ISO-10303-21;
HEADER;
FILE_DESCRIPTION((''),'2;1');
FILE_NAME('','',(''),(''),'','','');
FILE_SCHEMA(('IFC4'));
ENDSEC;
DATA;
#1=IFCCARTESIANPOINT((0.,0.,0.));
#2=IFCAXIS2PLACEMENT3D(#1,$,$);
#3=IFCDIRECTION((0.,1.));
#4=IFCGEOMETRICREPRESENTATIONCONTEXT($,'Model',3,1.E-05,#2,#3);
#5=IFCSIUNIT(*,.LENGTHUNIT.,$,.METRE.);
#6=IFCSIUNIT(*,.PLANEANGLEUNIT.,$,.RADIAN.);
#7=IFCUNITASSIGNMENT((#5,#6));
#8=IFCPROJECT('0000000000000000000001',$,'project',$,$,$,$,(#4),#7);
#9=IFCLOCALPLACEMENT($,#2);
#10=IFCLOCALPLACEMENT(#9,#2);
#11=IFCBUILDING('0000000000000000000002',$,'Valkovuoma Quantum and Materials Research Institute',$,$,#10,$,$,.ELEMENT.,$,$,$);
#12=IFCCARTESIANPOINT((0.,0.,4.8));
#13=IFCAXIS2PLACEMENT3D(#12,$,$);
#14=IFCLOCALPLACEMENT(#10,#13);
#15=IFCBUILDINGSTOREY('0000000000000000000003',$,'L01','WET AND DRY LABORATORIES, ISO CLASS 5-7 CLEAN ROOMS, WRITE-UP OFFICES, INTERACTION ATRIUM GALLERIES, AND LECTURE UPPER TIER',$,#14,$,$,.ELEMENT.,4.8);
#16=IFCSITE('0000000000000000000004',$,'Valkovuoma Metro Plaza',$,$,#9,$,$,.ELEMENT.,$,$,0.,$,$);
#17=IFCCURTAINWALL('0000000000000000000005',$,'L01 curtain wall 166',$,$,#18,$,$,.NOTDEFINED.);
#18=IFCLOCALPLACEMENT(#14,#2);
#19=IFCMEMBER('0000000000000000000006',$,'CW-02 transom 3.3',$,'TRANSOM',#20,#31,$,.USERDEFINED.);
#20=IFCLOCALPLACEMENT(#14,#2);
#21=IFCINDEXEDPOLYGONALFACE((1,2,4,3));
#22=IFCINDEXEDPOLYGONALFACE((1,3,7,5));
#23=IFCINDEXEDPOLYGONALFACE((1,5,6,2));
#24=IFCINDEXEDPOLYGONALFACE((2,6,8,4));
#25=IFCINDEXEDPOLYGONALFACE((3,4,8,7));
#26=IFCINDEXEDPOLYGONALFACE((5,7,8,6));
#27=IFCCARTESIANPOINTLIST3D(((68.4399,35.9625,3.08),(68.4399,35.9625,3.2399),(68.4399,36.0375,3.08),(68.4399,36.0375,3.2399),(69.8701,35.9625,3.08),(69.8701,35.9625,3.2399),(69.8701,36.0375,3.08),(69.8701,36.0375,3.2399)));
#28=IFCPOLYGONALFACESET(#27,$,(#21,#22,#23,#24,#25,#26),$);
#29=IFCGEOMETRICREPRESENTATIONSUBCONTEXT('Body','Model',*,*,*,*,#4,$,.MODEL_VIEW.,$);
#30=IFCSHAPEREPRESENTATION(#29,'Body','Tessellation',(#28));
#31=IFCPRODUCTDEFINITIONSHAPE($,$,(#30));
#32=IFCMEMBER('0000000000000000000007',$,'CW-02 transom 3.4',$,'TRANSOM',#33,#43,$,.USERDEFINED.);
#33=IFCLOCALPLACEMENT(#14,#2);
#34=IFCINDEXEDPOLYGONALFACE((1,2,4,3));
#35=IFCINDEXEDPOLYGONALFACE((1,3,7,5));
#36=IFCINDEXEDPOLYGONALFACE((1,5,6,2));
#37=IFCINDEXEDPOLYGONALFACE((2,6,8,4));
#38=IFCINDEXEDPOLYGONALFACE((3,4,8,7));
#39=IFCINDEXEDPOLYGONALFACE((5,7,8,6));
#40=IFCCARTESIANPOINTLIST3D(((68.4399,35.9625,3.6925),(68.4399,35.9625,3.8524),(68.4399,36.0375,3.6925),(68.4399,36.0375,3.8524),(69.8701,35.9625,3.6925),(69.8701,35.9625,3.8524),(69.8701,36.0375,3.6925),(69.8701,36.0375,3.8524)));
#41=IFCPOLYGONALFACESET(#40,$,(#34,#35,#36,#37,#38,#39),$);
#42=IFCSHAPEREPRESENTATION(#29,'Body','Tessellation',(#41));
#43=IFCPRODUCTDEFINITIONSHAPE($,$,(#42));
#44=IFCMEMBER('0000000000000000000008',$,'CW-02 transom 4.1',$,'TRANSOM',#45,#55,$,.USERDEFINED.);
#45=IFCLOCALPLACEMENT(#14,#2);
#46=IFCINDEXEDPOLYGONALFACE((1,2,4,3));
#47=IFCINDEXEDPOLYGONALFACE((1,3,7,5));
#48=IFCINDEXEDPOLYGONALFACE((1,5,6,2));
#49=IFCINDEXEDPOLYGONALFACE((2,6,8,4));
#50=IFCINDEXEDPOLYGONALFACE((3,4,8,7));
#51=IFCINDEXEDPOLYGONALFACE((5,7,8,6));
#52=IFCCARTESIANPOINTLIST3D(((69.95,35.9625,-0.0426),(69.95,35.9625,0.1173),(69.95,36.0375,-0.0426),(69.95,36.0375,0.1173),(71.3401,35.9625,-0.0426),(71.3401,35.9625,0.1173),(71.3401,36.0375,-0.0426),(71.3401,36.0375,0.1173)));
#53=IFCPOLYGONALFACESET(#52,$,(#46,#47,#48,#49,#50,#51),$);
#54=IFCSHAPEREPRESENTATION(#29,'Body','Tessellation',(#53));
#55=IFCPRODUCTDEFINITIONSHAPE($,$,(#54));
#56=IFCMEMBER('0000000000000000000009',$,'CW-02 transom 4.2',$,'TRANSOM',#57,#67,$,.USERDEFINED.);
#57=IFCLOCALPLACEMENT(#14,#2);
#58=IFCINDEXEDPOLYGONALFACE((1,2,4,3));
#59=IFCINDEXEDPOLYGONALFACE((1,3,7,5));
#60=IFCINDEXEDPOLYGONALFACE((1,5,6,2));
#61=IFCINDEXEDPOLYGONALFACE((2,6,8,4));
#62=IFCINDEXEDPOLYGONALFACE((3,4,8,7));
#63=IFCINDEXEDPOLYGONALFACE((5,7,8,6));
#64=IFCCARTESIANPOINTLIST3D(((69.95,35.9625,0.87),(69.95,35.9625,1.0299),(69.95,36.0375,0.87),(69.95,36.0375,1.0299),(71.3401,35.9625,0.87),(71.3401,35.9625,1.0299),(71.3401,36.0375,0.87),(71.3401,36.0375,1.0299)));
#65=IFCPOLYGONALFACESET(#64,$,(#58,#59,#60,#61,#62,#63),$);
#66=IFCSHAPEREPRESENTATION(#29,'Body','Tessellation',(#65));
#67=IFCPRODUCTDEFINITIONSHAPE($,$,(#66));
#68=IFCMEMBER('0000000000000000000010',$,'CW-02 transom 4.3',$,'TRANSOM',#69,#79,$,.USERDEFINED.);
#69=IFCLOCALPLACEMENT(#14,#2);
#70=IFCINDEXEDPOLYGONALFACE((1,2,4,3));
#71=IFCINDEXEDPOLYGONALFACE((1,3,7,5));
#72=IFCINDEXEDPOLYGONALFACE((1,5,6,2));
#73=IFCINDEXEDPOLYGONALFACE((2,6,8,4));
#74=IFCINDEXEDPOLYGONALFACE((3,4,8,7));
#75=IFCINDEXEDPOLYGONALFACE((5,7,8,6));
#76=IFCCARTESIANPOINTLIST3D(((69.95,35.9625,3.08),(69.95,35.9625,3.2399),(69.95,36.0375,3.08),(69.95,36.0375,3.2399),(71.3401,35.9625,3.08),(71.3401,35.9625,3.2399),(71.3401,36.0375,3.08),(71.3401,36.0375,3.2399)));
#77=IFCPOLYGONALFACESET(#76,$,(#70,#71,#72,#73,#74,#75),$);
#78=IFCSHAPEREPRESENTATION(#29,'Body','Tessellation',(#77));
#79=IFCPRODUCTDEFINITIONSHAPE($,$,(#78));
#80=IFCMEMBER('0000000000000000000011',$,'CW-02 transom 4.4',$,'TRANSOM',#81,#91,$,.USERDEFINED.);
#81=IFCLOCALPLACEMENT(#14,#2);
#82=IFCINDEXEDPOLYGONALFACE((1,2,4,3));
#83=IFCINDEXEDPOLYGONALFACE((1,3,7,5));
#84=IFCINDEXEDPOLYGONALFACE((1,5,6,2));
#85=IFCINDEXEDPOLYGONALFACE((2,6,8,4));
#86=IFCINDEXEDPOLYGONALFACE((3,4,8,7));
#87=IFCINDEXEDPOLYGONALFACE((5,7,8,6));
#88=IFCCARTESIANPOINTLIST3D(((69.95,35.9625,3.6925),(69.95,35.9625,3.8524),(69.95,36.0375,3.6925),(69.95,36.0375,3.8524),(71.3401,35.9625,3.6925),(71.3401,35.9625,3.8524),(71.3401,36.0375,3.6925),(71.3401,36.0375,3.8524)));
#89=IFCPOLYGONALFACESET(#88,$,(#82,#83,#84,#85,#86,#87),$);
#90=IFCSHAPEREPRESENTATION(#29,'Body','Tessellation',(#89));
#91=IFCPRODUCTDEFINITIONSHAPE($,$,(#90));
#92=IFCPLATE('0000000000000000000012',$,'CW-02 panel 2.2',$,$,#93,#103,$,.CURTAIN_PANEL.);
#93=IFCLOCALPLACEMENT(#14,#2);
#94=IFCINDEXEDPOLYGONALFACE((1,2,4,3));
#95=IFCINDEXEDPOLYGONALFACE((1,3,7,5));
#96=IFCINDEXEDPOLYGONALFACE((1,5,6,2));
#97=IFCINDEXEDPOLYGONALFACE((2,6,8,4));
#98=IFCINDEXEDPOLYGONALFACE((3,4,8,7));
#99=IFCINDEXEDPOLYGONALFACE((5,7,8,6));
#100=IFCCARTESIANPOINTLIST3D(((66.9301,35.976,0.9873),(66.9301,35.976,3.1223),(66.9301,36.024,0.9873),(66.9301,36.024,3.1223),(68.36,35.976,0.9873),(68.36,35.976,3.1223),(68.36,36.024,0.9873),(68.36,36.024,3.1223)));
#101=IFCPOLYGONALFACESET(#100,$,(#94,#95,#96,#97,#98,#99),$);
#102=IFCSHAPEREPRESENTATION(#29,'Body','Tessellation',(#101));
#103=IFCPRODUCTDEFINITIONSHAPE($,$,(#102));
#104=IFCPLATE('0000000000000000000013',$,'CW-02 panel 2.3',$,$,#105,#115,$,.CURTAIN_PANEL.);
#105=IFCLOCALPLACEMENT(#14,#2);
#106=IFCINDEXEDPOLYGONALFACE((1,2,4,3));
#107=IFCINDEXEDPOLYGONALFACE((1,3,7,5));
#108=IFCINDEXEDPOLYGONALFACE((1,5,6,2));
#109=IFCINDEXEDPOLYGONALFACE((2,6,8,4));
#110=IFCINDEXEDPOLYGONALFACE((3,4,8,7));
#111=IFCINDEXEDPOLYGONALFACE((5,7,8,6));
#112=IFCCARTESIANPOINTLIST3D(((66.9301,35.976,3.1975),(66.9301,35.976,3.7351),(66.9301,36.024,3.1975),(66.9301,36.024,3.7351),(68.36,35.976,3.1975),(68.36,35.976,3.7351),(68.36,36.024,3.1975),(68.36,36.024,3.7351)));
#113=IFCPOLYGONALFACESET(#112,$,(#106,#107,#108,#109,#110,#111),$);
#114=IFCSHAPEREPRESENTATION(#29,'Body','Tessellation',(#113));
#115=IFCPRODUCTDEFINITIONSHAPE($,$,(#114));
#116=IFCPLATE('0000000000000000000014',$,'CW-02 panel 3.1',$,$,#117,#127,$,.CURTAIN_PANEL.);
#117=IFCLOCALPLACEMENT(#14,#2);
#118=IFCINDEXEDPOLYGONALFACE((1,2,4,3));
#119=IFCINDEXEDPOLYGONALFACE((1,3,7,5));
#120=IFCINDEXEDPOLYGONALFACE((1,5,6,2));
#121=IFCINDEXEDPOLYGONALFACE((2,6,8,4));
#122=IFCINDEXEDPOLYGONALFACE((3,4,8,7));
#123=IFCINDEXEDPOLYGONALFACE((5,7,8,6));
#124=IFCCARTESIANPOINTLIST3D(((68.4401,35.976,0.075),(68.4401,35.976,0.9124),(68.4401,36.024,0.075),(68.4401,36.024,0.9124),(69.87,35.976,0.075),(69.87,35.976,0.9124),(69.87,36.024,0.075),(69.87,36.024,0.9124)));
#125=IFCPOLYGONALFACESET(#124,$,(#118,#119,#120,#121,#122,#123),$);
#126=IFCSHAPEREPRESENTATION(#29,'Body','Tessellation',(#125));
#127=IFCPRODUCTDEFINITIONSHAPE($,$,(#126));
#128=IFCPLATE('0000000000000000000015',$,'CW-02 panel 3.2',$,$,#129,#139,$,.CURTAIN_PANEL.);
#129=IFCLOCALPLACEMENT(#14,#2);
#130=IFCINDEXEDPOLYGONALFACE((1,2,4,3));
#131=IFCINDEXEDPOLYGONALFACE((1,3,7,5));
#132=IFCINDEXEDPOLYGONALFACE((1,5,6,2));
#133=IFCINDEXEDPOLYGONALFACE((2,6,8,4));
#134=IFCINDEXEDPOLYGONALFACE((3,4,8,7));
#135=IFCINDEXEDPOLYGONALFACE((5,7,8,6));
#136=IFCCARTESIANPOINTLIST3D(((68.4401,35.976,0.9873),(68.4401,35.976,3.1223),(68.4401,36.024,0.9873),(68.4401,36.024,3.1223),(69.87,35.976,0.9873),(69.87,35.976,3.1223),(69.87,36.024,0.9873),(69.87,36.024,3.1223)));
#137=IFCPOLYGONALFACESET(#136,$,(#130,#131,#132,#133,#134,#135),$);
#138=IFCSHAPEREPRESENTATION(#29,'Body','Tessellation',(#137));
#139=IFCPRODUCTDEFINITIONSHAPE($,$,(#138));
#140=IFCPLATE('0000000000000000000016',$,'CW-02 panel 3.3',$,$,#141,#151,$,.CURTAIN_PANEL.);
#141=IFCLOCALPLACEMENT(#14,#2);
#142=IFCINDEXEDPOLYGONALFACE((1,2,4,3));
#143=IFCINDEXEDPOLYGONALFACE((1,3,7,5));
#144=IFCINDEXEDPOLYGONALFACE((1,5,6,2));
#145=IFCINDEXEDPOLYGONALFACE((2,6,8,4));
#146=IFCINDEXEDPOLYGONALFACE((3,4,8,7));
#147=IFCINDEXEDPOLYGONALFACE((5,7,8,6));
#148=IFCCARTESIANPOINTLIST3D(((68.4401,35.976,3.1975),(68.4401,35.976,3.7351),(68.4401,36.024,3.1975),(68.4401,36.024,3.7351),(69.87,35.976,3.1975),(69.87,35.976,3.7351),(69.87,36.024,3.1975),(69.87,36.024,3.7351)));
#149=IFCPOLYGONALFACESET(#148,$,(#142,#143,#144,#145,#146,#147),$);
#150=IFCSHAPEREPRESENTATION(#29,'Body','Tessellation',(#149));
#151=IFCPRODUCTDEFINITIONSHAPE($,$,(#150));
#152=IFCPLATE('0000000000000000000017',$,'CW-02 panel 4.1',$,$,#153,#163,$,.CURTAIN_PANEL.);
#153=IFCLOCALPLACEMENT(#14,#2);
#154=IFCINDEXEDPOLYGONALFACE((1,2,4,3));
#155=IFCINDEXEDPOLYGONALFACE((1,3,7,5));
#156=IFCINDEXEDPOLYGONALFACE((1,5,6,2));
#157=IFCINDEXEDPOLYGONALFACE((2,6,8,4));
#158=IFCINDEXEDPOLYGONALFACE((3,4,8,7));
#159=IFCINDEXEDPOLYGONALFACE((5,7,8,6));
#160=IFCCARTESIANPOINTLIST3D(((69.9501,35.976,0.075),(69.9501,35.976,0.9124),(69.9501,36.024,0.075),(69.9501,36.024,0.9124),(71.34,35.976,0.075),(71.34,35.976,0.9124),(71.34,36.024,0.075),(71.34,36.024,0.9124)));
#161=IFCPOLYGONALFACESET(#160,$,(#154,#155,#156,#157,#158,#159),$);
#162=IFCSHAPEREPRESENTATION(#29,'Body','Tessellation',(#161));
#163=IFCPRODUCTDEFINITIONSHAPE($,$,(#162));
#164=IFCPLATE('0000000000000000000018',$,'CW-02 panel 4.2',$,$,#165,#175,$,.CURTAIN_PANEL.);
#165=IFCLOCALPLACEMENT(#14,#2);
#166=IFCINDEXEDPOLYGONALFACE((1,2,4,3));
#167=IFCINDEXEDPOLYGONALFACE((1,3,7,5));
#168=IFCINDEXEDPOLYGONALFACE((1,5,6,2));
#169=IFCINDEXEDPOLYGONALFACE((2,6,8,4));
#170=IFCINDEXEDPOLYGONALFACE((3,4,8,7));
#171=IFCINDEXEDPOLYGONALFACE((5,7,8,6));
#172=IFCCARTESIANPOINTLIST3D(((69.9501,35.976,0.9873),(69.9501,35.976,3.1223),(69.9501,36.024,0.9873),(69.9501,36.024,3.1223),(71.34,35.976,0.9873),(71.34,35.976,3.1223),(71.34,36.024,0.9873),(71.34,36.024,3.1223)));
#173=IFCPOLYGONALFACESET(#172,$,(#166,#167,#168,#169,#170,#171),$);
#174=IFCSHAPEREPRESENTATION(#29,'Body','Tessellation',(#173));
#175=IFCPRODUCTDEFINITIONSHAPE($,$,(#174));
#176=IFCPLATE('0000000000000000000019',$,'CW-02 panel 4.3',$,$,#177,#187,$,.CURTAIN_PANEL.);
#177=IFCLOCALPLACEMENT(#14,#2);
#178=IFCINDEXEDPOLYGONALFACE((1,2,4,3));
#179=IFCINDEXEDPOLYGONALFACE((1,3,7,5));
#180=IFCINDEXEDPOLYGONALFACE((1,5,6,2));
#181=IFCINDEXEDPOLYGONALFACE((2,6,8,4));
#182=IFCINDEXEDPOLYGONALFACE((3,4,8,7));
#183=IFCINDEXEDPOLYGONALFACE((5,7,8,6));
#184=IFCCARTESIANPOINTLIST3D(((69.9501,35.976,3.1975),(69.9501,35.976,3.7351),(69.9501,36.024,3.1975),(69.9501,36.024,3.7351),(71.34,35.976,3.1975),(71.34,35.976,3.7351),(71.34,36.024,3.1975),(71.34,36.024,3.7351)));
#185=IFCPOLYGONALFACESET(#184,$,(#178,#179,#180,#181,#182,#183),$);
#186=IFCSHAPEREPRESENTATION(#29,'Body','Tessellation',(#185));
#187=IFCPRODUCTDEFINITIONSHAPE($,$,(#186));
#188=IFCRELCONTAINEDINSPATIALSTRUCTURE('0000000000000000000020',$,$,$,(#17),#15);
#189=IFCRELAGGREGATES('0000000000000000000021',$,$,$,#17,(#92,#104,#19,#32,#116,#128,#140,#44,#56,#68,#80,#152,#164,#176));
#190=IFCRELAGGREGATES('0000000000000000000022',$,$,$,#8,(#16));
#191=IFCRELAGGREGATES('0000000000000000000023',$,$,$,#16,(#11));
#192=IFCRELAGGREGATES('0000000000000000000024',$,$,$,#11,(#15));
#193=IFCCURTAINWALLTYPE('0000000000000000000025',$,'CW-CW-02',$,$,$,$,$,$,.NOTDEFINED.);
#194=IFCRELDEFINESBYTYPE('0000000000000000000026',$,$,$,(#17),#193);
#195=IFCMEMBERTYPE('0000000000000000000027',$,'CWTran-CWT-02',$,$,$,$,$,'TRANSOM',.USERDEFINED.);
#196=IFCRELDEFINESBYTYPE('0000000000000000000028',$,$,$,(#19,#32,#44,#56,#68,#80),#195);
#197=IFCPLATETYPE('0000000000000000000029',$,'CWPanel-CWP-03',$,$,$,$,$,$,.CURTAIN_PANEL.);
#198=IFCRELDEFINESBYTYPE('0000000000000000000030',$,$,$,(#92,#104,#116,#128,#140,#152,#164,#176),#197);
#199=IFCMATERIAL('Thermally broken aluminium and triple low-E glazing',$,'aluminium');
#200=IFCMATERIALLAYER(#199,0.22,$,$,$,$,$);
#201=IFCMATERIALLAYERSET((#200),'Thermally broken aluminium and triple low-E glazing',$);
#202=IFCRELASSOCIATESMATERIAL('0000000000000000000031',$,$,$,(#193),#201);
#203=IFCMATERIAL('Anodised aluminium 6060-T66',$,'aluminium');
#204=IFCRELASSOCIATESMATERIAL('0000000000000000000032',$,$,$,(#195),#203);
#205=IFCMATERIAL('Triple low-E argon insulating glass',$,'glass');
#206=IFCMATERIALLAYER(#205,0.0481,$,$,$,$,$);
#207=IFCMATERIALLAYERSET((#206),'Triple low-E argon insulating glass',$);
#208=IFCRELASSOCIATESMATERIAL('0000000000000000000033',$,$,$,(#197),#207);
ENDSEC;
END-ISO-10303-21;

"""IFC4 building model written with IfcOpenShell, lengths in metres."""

from ifc_helpers import new_model, si_unit, direction, frame, origin, origin_2d, place, context, subcontext, project, spatial, rectangle, extrude, material, layer, layer_set, material_profile, profile_set, type_object, element, aggregate, save


model = new_model("IFC4")

# Units and contexts
model_context = context("Model", 3, precision=1e-05, world=origin(), true_north=direction((0.0, 1.0)))
body_context = subcontext(model_context, "Body", "Model", "MODEL_VIEW")
ifc_project = project(units=[si_unit("LENGTHUNIT", "METRE"), si_unit("PLANEANGLEUNIT", "RADIAN")], contexts=[model_context])

# Site, building, storey
site_placement = place(None, origin())
site = spatial("IfcSite", under=ifc_project, at=site_placement, Name="Valkovuoma Metro Plaza", CompositionType="ELEMENT", RefElevation=0.0)
building_placement = place(site_placement, origin())
building = spatial("IfcBuilding", under=site, at=building_placement, Name="Valkovuoma Quantum and Materials Research Institute", CompositionType="ELEMENT")
storey_placement = place(building_placement, frame((0.0, 0.0, 4.8)))
storey = spatial("IfcBuildingStorey", under=building, at=storey_placement, Name="L01", Description="WET AND DRY LABORATORIES, ISO CLASS 5-7 CLEAN ROOMS, WRITE-UP OFFICES, INTERACTION ATRIUM GALLERIES, AND LECTURE UPPER TIER", CompositionType="ELEMENT", Elevation=4.8)

# Curtain wall
ifc_material_1 = material(Name="Thermally broken aluminium and triple low-E glazing", Category="aluminium")
ifc_layer_1 = layer(ifc_material_1, 0.22)
ifc_layer_set_1 = layer_set([ifc_layer_1], Name="Thermally broken aluminium and triple low-E glazing")
curtain_wall_type = type_object("IfcCurtainWallType", Name="CW-CW-02", PredefinedType="NOTDEFINED", material=ifc_layer_set_1)
curtain_wall_1_placement = place(storey_placement, origin())
curtain_wall_1 = element("IfcCurtainWall", 1, at=curtain_wall_1_placement, inside=storey, type_object=curtain_wall_type, Name="L01 curtain wall 166", PredefinedType="NOTDEFINED")

# Members
ifc_material_2 = material(Name="Anodised aluminium 6060-T66", Category="aluminium")
ifc_material_profile_1 = material_profile(ifc_material_2, rectangle(XDim=0.075, YDim=0.1599, at=origin_2d()), Name="Anodised aluminium 6060-T66")
ifc_profile_set_1 = profile_set([ifc_material_profile_1], Name="Anodised aluminium 6060-T66")
member_type_1 = type_object("IfcMemberType", Name="CWTran-CWT-02", ElementType="TRANSOM", PredefinedType="USERDEFINED", material=ifc_profile_set_1)
member_1_placement = place(storey_placement, frame((68.4399, 36.0, 3.1599), z_axis=(1.0, 0.0, 0.0), x_axis=(0.0, 1.0, 0.0)))
member_1 = element("IfcMember", 2, at=member_1_placement, type_object=member_type_1, Name="CW-02 transom 3.3", ObjectType="TRANSOM", PredefinedType="USERDEFINED", context=body_context, shape_type="SweptSolid", body=[
    extrude(rectangle(XDim=0.075, YDim=0.1599, at=origin_2d()), origin(), (0.0, 0.0, 1.0), 1.4302),
])
member_2_placement = place(storey_placement, frame((68.4399, 36.0, 3.7725), z_axis=(1.0, 0.0, 0.0), x_axis=(0.0, 1.0, 0.0)))
member_2 = element("IfcMember", 3, at=member_2_placement, type_object=member_type_1, Name="CW-02 transom 3.4", ObjectType="TRANSOM", PredefinedType="USERDEFINED", context=body_context, shape_type="SweptSolid", body=[
    extrude(rectangle(XDim=0.075, YDim=0.1599, at=origin_2d()), origin(), (0.0, 0.0, 1.0), 1.4302),
])
member_3_placement = place(storey_placement, frame((69.95, 36.0, 0.0374), z_axis=(1.0, 0.0, 0.0), x_axis=(0.0, 1.0, 0.0)))
member_3 = element("IfcMember", 4, at=member_3_placement, type_object=member_type_1, Name="CW-02 transom 4.1", ObjectType="TRANSOM", PredefinedType="USERDEFINED", context=body_context, shape_type="SweptSolid", body=[
    extrude(rectangle(XDim=0.075, YDim=0.1599, at=origin_2d()), origin(), (0.0, 0.0, 1.0), 1.3901),
])
member_4_placement = place(storey_placement, frame((69.95, 36.0, 0.95), z_axis=(1.0, 0.0, 0.0), x_axis=(0.0, 1.0, 0.0)))
member_4 = element("IfcMember", 5, at=member_4_placement, type_object=member_type_1, Name="CW-02 transom 4.2", ObjectType="TRANSOM", PredefinedType="USERDEFINED", context=body_context, shape_type="SweptSolid", body=[
    extrude(rectangle(XDim=0.075, YDim=0.1599, at=origin_2d()), origin(), (0.0, 0.0, 1.0), 1.3901),
])
member_5_placement = place(storey_placement, frame((69.95, 36.0, 3.1599), z_axis=(1.0, 0.0, 0.0), x_axis=(0.0, 1.0, 0.0)))
member_5 = element("IfcMember", 6, at=member_5_placement, type_object=member_type_1, Name="CW-02 transom 4.3", ObjectType="TRANSOM", PredefinedType="USERDEFINED", context=body_context, shape_type="SweptSolid", body=[
    extrude(rectangle(XDim=0.075, YDim=0.1599, at=origin_2d()), origin(), (0.0, 0.0, 1.0), 1.3901),
])
member_6_placement = place(storey_placement, frame((69.95, 36.0, 3.7725), z_axis=(1.0, 0.0, 0.0), x_axis=(0.0, 1.0, 0.0)))
member_6 = element("IfcMember", 7, at=member_6_placement, type_object=member_type_1, Name="CW-02 transom 4.4", ObjectType="TRANSOM", PredefinedType="USERDEFINED", context=body_context, shape_type="SweptSolid", body=[
    extrude(rectangle(XDim=0.075, YDim=0.1599, at=origin_2d()), origin(), (0.0, 0.0, 1.0), 1.3901),
])

# Plates
ifc_material_3 = material(Name="Triple low-E argon insulating glass", Category="glass")
ifc_layer_2 = layer(ifc_material_3, 0.0481)
ifc_layer_set_2 = layer_set([ifc_layer_2], Name="Triple low-E argon insulating glass")
plate_type = type_object("IfcPlateType", Name="CWPanel-CWP-03", PredefinedType="CURTAIN_PANEL", material=ifc_layer_set_2)
plate_1_placement = place(storey_placement, frame((67.645, 36.0, 0.9873), z_axis=(0.0, 0.0, 1.0), x_axis=(1.0, 0.0, 0.0)))
plate_1 = element("IfcPlate", 8, at=plate_1_placement, type_object=plate_type, Name="CW-02 panel 2.2", PredefinedType="CURTAIN_PANEL", context=body_context, shape_type="SweptSolid", body=[
    extrude(rectangle(XDim=1.4299, YDim=0.0481, at=origin_2d()), origin(), (0.0, 0.0, 1.0), 2.135),
])
plate_2_placement = place(storey_placement, frame((67.645, 36.0, 3.1975), z_axis=(0.0, 0.0, 1.0), x_axis=(1.0, 0.0, 0.0)))
plate_2 = element("IfcPlate", 9, at=plate_2_placement, type_object=plate_type, Name="CW-02 panel 2.3", PredefinedType="CURTAIN_PANEL", context=body_context, shape_type="SweptSolid", body=[
    extrude(rectangle(XDim=1.4299, YDim=0.0481, at=origin_2d()), origin(), (0.0, 0.0, 1.0), 0.5376),
])
plate_3_placement = place(storey_placement, frame((69.155, 36.0, 0.075), z_axis=(0.0, 0.0, 1.0), x_axis=(1.0, 0.0, 0.0)))
plate_3 = element("IfcPlate", 10, at=plate_3_placement, type_object=plate_type, Name="CW-02 panel 3.1", PredefinedType="CURTAIN_PANEL", context=body_context, shape_type="SweptSolid", body=[
    extrude(rectangle(XDim=1.4299, YDim=0.0481, at=origin_2d()), origin(), (0.0, 0.0, 1.0), 0.8374),
])
plate_4_placement = place(storey_placement, frame((69.155, 36.0, 0.9873), z_axis=(0.0, 0.0, 1.0), x_axis=(1.0, 0.0, 0.0)))
plate_4 = element("IfcPlate", 11, at=plate_4_placement, type_object=plate_type, Name="CW-02 panel 3.2", PredefinedType="CURTAIN_PANEL", context=body_context, shape_type="SweptSolid", body=[
    extrude(rectangle(XDim=1.4299, YDim=0.0481, at=origin_2d()), origin(), (0.0, 0.0, 1.0), 2.135),
])
plate_5_placement = place(storey_placement, frame((69.155, 36.0, 3.1975), z_axis=(0.0, 0.0, 1.0), x_axis=(1.0, 0.0, 0.0)))
plate_5 = element("IfcPlate", 12, at=plate_5_placement, type_object=plate_type, Name="CW-02 panel 3.3", PredefinedType="CURTAIN_PANEL", context=body_context, shape_type="SweptSolid", body=[
    extrude(rectangle(XDim=1.4299, YDim=0.0481, at=origin_2d()), origin(), (0.0, 0.0, 1.0), 0.5376),
])
plate_6_placement = place(storey_placement, frame((70.645, 36.0, 0.075), z_axis=(0.0, 0.0, 1.0), x_axis=(1.0, 0.0, 0.0)))
plate_6 = element("IfcPlate", 13, at=plate_6_placement, type_object=plate_type, Name="CW-02 panel 4.1", PredefinedType="CURTAIN_PANEL", context=body_context, shape_type="SweptSolid", body=[
    extrude(rectangle(XDim=1.3899, YDim=0.0481, at=origin_2d()), origin(), (0.0, 0.0, 1.0), 0.8374),
])
plate_7_placement = place(storey_placement, frame((70.645, 36.0, 0.9873), z_axis=(0.0, 0.0, 1.0), x_axis=(1.0, 0.0, 0.0)))
plate_7 = element("IfcPlate", 14, at=plate_7_placement, type_object=plate_type, Name="CW-02 panel 4.2", PredefinedType="CURTAIN_PANEL", context=body_context, shape_type="SweptSolid", body=[
    extrude(rectangle(XDim=1.3899, YDim=0.0481, at=origin_2d()), origin(), (0.0, 0.0, 1.0), 2.135),
])
plate_8_placement = place(storey_placement, frame((70.645, 36.0, 3.1975), z_axis=(0.0, 0.0, 1.0), x_axis=(1.0, 0.0, 0.0)))
plate_8 = element("IfcPlate", 15, at=plate_8_placement, type_object=plate_type, Name="CW-02 panel 4.3", PredefinedType="CURTAIN_PANEL", context=body_context, shape_type="SweptSolid", body=[
    extrude(rectangle(XDim=1.3899, YDim=0.0481, at=origin_2d()), origin(), (0.0, 0.0, 1.0), 0.5376),
])
aggregate(curtain_wall_1, [plate_1, plate_2, member_1, member_2, plate_3, plate_4, plate_5, member_3, member_4, member_5, member_6, plate_6, plate_7, plate_8])

save(model, "model.ifc")
